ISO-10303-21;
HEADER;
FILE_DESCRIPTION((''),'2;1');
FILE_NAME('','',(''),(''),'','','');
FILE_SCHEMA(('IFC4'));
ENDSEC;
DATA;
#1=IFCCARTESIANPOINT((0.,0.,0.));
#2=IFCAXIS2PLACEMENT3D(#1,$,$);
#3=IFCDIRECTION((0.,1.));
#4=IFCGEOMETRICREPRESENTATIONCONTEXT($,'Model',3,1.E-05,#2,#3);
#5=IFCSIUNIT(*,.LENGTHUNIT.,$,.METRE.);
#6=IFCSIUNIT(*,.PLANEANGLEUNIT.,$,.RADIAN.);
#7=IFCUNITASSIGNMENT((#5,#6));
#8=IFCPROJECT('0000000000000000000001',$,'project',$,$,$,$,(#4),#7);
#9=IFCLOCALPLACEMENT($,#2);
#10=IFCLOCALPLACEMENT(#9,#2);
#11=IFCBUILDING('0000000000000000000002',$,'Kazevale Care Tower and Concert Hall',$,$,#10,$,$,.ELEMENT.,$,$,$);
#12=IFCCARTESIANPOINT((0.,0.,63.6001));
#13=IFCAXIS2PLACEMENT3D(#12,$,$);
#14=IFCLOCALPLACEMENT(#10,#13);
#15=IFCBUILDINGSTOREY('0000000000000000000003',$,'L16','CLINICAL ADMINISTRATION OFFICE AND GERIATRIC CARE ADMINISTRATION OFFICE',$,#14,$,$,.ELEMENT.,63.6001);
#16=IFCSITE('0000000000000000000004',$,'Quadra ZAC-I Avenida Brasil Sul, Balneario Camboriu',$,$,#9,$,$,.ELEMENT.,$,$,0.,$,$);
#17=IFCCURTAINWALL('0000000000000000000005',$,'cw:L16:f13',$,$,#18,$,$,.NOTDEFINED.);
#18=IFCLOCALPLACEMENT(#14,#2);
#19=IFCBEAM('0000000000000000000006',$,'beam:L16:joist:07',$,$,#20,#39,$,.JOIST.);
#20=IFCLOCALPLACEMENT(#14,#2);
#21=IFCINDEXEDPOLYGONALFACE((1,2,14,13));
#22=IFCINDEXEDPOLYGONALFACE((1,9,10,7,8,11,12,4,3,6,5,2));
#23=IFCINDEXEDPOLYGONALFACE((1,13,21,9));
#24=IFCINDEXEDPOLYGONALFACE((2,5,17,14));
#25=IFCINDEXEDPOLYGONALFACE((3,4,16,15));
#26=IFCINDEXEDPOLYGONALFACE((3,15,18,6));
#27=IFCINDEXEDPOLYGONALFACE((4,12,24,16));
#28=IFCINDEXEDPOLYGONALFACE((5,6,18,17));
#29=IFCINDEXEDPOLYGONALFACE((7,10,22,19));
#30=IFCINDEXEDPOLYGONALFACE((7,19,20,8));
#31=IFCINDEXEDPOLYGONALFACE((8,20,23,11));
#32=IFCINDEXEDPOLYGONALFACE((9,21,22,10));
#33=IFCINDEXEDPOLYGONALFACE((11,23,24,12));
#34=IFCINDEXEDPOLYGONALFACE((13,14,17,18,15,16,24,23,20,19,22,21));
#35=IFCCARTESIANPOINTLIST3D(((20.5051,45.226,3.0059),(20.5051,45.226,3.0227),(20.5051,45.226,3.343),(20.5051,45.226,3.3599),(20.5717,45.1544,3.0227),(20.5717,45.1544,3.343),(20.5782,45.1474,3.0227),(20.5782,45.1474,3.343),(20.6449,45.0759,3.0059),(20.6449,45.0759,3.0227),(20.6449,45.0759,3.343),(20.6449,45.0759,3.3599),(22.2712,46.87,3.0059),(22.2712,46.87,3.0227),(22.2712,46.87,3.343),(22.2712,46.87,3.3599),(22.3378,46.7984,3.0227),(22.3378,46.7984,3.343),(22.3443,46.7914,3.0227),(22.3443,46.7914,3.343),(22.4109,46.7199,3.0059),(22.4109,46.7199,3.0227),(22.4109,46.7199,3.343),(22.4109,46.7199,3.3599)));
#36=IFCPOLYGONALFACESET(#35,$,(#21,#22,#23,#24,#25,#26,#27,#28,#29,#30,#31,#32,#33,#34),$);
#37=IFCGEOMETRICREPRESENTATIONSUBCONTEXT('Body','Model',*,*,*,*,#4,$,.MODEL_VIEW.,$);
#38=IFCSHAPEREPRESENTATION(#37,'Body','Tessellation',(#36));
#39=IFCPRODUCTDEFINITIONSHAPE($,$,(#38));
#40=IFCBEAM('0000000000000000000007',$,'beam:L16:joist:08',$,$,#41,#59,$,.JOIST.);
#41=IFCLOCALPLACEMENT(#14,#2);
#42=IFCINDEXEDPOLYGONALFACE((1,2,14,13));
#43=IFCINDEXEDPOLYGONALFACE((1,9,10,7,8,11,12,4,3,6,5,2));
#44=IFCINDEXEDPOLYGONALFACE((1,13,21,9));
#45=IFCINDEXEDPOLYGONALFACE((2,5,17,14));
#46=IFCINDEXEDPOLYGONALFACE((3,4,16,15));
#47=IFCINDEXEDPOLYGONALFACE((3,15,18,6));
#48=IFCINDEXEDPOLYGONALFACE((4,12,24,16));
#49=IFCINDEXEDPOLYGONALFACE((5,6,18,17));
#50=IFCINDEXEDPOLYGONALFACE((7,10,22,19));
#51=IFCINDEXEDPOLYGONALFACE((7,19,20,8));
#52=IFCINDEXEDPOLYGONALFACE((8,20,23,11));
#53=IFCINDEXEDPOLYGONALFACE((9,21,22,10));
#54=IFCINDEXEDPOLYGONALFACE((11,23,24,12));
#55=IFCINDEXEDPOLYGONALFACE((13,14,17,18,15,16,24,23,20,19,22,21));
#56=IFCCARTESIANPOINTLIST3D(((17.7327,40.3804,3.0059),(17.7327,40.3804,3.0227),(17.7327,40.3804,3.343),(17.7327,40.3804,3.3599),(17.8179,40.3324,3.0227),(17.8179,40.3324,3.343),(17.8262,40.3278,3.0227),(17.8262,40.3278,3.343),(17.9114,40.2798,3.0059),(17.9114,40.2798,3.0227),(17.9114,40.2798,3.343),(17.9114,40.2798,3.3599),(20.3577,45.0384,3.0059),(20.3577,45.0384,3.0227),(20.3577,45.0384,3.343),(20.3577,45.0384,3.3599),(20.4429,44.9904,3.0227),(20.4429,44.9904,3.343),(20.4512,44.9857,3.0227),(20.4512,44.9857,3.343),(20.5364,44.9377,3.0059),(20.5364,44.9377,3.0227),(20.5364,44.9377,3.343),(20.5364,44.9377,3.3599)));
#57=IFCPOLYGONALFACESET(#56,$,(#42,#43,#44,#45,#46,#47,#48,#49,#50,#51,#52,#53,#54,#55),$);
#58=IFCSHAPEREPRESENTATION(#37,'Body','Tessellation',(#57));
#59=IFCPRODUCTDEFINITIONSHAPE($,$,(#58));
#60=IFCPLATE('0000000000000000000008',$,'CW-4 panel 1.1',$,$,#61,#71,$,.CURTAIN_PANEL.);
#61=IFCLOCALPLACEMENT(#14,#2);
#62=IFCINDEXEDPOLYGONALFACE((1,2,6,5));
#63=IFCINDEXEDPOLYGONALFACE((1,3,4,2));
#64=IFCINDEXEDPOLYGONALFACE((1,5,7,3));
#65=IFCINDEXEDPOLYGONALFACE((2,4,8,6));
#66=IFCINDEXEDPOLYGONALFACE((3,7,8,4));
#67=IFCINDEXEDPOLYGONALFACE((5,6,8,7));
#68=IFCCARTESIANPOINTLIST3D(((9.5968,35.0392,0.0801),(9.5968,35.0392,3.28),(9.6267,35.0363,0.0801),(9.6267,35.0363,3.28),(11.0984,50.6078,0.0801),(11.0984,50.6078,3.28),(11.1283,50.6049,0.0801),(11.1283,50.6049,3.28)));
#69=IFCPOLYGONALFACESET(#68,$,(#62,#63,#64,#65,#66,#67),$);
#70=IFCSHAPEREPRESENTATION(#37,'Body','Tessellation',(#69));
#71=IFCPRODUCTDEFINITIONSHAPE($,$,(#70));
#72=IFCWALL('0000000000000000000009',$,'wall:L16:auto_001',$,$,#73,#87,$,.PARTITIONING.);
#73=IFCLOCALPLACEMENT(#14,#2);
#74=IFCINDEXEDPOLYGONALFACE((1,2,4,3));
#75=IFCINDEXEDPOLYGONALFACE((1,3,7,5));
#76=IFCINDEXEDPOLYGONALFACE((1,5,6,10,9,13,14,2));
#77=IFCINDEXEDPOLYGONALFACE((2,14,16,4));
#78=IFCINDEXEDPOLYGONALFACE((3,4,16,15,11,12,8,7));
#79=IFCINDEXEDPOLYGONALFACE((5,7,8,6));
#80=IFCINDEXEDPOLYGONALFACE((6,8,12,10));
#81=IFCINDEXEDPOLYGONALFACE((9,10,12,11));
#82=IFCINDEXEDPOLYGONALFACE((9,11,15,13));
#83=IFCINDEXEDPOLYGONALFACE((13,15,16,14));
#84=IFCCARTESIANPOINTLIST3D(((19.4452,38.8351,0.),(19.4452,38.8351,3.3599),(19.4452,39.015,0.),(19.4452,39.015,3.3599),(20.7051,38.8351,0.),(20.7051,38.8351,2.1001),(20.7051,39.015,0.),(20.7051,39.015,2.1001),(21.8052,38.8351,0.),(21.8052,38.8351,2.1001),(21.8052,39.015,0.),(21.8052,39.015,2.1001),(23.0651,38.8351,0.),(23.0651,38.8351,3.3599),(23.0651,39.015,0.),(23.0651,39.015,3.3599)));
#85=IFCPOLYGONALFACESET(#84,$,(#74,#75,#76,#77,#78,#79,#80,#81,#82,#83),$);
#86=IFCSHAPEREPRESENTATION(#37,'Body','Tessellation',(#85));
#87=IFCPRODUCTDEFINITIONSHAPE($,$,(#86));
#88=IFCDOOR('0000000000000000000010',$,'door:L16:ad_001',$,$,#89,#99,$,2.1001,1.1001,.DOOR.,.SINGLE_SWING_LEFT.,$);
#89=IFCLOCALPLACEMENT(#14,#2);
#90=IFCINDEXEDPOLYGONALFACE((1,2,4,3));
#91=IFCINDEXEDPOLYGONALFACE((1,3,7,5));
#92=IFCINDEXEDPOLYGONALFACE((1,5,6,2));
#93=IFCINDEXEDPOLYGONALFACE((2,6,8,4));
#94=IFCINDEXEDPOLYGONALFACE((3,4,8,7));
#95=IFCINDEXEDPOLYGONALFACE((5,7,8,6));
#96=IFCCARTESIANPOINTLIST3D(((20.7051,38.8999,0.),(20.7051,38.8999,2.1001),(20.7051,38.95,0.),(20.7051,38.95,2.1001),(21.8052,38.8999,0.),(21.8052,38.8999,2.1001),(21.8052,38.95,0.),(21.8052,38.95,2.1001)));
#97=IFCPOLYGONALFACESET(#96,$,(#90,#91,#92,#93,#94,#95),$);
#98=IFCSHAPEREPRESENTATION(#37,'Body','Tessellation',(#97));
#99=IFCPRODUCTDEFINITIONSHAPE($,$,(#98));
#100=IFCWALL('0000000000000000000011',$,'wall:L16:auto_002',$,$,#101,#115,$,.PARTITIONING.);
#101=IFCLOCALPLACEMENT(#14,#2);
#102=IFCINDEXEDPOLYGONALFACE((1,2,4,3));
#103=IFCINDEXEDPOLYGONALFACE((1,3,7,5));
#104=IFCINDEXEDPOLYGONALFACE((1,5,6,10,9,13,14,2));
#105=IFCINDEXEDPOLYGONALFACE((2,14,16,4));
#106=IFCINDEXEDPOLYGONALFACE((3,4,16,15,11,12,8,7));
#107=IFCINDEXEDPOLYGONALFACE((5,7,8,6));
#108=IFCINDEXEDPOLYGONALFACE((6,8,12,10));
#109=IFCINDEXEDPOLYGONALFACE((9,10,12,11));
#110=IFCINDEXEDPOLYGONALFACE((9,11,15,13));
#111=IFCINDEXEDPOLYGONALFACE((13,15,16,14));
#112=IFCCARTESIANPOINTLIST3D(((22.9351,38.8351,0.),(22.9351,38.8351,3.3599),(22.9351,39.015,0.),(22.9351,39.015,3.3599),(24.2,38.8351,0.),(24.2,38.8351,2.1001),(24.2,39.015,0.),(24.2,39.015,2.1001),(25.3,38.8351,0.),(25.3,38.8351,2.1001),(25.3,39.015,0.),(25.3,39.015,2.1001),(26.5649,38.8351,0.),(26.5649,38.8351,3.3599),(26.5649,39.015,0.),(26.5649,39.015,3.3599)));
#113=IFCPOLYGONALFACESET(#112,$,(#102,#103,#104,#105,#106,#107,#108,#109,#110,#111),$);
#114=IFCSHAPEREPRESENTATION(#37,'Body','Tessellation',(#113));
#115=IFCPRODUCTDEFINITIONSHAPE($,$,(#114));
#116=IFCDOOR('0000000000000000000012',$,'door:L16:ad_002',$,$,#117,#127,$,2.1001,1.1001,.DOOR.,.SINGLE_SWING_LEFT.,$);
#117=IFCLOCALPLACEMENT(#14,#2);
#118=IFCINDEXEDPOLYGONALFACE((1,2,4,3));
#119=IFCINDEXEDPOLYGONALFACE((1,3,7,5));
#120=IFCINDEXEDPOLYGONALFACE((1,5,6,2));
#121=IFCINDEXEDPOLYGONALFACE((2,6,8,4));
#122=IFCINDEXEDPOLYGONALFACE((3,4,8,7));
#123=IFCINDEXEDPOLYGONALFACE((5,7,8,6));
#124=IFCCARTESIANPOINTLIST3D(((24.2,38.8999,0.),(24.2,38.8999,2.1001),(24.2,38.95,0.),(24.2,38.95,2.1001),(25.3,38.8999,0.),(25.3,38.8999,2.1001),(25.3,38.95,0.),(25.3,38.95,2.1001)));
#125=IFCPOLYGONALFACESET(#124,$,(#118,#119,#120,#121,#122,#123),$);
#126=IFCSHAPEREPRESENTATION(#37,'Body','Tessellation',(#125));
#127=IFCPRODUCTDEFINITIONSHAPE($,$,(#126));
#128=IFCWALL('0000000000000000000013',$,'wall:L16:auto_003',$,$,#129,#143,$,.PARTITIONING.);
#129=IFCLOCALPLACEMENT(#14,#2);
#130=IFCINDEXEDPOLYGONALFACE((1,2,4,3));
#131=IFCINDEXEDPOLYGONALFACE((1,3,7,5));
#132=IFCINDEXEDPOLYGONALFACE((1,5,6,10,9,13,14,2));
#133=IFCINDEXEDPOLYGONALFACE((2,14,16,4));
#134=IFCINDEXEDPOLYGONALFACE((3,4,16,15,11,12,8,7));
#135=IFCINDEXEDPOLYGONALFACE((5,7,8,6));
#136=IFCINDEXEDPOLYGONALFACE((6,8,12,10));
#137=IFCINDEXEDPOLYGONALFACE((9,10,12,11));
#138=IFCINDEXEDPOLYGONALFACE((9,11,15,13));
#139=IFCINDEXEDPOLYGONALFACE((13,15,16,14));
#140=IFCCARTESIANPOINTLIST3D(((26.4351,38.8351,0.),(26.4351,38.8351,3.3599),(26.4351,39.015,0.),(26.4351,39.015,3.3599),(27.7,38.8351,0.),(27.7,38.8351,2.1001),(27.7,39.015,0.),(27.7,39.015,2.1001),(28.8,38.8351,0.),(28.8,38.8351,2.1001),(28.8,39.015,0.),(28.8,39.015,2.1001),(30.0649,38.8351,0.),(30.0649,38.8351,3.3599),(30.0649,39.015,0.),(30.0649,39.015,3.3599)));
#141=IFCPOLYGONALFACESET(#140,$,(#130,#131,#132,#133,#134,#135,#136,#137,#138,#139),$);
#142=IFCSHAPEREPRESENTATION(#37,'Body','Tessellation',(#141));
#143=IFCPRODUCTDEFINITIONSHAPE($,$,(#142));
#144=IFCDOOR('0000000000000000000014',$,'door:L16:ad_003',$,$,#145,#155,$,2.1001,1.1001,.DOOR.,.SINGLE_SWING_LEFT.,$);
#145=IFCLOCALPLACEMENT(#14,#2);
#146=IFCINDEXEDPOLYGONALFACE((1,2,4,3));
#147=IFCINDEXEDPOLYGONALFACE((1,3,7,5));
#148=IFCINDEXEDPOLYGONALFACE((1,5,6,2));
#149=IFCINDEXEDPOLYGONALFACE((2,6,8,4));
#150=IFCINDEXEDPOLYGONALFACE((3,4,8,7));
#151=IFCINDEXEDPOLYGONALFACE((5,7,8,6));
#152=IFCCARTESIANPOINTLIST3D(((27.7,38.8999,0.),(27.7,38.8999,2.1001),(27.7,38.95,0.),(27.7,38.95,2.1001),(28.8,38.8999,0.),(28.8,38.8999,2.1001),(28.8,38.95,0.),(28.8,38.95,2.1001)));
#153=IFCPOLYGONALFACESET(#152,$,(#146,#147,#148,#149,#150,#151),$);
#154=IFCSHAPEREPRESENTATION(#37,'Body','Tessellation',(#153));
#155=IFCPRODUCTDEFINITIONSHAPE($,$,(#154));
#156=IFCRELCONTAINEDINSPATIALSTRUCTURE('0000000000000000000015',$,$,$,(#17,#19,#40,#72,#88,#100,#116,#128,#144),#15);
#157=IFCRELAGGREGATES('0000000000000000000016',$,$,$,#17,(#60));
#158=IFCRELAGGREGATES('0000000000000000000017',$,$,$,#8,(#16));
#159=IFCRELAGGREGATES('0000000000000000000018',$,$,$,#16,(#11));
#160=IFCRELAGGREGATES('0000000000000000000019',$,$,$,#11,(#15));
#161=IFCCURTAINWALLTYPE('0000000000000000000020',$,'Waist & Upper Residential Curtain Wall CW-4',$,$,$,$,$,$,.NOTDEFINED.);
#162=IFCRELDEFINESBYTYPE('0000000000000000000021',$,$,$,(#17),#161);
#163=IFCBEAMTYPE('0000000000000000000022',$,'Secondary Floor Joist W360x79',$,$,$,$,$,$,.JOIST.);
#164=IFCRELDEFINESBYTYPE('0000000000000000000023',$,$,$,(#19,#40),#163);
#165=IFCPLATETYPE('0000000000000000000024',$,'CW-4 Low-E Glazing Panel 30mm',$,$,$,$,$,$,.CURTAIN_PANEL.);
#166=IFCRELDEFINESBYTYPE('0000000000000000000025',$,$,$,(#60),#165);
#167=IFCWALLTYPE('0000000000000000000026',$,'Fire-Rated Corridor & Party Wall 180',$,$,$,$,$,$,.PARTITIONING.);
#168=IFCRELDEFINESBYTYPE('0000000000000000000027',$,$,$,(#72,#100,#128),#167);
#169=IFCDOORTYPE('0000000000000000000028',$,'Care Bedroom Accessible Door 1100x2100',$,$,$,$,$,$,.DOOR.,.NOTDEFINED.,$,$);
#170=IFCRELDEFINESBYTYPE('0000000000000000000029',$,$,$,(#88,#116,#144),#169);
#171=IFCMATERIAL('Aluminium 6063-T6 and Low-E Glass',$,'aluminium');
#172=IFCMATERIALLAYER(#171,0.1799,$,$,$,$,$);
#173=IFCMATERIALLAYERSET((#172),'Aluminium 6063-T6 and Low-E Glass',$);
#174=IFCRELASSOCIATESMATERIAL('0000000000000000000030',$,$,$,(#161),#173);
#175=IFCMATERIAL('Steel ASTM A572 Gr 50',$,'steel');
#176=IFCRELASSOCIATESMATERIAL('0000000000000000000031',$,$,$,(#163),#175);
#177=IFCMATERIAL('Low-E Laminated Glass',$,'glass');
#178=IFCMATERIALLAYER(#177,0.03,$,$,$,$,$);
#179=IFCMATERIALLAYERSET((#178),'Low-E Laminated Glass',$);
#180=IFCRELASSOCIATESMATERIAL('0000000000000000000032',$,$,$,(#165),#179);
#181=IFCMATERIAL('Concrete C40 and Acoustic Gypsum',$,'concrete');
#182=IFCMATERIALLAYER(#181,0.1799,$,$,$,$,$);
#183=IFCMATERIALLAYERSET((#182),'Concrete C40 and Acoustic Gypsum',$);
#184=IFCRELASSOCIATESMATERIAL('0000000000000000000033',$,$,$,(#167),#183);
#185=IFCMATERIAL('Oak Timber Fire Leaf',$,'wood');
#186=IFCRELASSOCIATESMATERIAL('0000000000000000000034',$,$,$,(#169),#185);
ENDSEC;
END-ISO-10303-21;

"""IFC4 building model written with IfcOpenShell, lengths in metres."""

from ifc_helpers import new_model, si_unit, direction, frame, frame_2d, origin, origin_2d, place, context, subcontext, project, spatial, rectangle, i_section, extrude, material, layer, layer_set, material_profile, profile_set, type_object, element, fill, aggregate, save


model = new_model("IFC4")

# Units and contexts
model_context = context("Model", 3, precision=1e-05, world=origin(), true_north=direction((0.0, 1.0)))
body_context = subcontext(model_context, "Body", "Model", "MODEL_VIEW")
ifc_project = project(units=[si_unit("LENGTHUNIT", "METRE"), si_unit("PLANEANGLEUNIT", "RADIAN")], contexts=[model_context])

# Site, building, storey
site_placement = place(None, origin())
site = spatial("IfcSite", under=ifc_project, at=site_placement, Name="Quadra ZAC-I Avenida Brasil Sul, Balneario Camboriu", CompositionType="ELEMENT", RefElevation=0.0)
building_placement = place(site_placement, origin())
building = spatial("IfcBuilding", under=site, at=building_placement, Name="Kazevale Care Tower and Concert Hall", CompositionType="ELEMENT")
storey_placement = place(building_placement, frame((0.0, 0.0, 63.6001)))
storey = spatial("IfcBuildingStorey", under=building, at=storey_placement, Name="L16", Description="CLINICAL ADMINISTRATION OFFICE AND GERIATRIC CARE ADMINISTRATION OFFICE", CompositionType="ELEMENT", Elevation=63.6001)

# Curtain wall
ifc_material_1 = material(Name="Aluminium 6063-T6 and Low-E Glass", Category="aluminium")
ifc_layer_1 = layer(ifc_material_1, 0.1799)
ifc_layer_set_1 = layer_set([ifc_layer_1], Name="Aluminium 6063-T6 and Low-E Glass")
curtain_wall_type_1 = type_object("IfcCurtainWallType", Name="Waist & Upper Residential Curtain Wall CW-4", PredefinedType="NOTDEFINED", material=ifc_layer_set_1)
curtain_wall_1_placement = place(storey_placement, origin())
curtain_wall_1 = element("IfcCurtainWall", 1, at=curtain_wall_1_placement, inside=storey, type_object=curtain_wall_type_1, Name="cw:L16:f13", PredefinedType="NOTDEFINED")

# Beams
ifc_material_2 = material(Name="Steel ASTM A572 Gr 50", Category="steel")
ifc_material_profile_1 = material_profile(ifc_material_2, i_section(OverallWidth=0.2051, OverallDepth=0.354, WebThickness=0.0095, FlangeThickness=0.0168, at=origin_2d()), Name="W360x79")
ifc_profile_set_1 = profile_set([ifc_material_profile_1], Name="Steel ASTM A572 Gr 50")
beam_type_1 = type_object("IfcBeamType", Name="Secondary Floor Joist W360x79", PredefinedType="JOIST", material=ifc_profile_set_1)
beam_1_placement = place(storey_placement, frame((22.3411, 46.7949, 3.1829), z_axis=(-0.73195, -0.681359, 0.0), x_axis=(0.681359, -0.73195, 0.0)))
element("IfcBeam", 2, at=beam_1_placement, inside=storey, type_object=beam_type_1, Name="beam:L16:joist:07", PredefinedType="JOIST", context=body_context, shape_type="SweptSolid", body=[
    extrude(i_section(OverallWidth=0.2051, OverallDepth=0.354, WebThickness=0.0095, FlangeThickness=0.0168, at=origin_2d()), origin(), (0.0, 0.0, 1.0), 2.4128),
])
beam_2_placement = place(storey_placement, frame((20.447, 44.988, 3.1829), z_axis=(-0.490957, -0.871184, 0.0), x_axis=(0.871184, -0.490957, 0.0)))
element("IfcBeam", 3, at=beam_2_placement, inside=storey, type_object=beam_type_1, Name="beam:L16:joist:08", PredefinedType="JOIST", context=body_context, shape_type="SweptSolid", body=[
    extrude(i_section(OverallWidth=0.2051, OverallDepth=0.354, WebThickness=0.0095, FlangeThickness=0.0168, at=origin_2d()), origin(), (0.0, 0.0, 1.0), 5.3467),
])

# Plate
ifc_material_3 = material(Name="Low-E Laminated Glass", Category="glass")
ifc_layer_2 = layer(ifc_material_3, 0.03)
ifc_layer_set_2 = layer_set([ifc_layer_2], Name="Low-E Laminated Glass")
plate_type = type_object("IfcPlateType", Name="CW-4 Low-E Glazing Panel 30mm", PredefinedType="CURTAIN_PANEL", material=ifc_layer_set_2)
plate_placement = place(storey_placement, frame((10.3625, 42.822, 0.0801), z_axis=(0.0, 0.0, 1.0), x_axis=(0.096007, 0.995381, 0.0)))
plate = element("IfcPlate", 4, at=plate_placement, type_object=plate_type, Name="CW-4 panel 1.1", PredefinedType="CURTAIN_PANEL", context=body_context, shape_type="SweptSolid", body=[
    extrude(rectangle(XDim=15.6409, YDim=0.03, at=origin_2d()), origin(), (0.0, 0.0, 1.0), 3.2),
])
aggregate(curtain_wall_1, [plate])

# Walls, openings, doors
ifc_material_4 = material(Name="Concrete C40 and Acoustic Gypsum", Category="concrete")
ifc_layer_3 = layer(ifc_material_4, 0.1799)
ifc_layer_set_3 = layer_set([ifc_layer_3], Name="Concrete C40 and Acoustic Gypsum")
wall_type = type_object("IfcWallType", Name="Fire-Rated Corridor & Party Wall 180", PredefinedType="PARTITIONING", material=ifc_layer_set_3)
wall_1_placement = place(storey_placement, frame((19.4451, 38.925, 0.0), z_axis=(0.0, 0.0, 1.0), x_axis=(1.0, 0.0, 0.0)))
wall_1 = element("IfcWall", 5, at=wall_1_placement, inside=storey, type_object=wall_type, Name="wall:L16:auto_001", PredefinedType="PARTITIONING", context=body_context, shape_type="SweptSolid", body=[
    extrude(rectangle(XDim=3.6199, YDim=0.1799, at=frame_2d((1.8101, 0.0))), origin(), (0.0, 0.0, 1.0), 3.3599),
])
opening_1_placement = place(wall_1_placement, frame((1.26, 0.0, 0.0)))
opening_1 = element("IfcOpeningElement", 6, at=opening_1_placement, cuts=wall_1, PredefinedType="OPENING", context=body_context, shape_type="SweptSolid", body=[
    extrude(rectangle(XDim=1.1001, YDim=2.1001, at=frame_2d((0.55, 1.05))), frame((0.0, 0.0999, 0.0), z_axis=(0.0, -1.0, 0.0), x_axis=(1.0, 0.0, 0.0)), (0.0, 0.0, 1.0), 0.2),
])
ifc_material_5 = material(Name="Oak Timber Fire Leaf", Category="wood")
door_type = type_object("IfcDoorType", Name="Care Bedroom Accessible Door 1100x2100", OperationType="NOTDEFINED", PredefinedType="DOOR", material=ifc_material_5)
door_1_placement = place(opening_1_placement, origin())
door_1 = element("IfcDoor", 7, at=door_1_placement, inside=storey, type_object=door_type, Name="door:L16:ad_001", OperationType="SINGLE_SWING_LEFT", OverallHeight=2.1001, OverallWidth=1.1001, PredefinedType="DOOR", context=body_context, shape_type="SweptSolid", body=[
    extrude(rectangle(XDim=1.1001, YDim=2.1001, at=frame_2d((0.55, 1.05))), frame((0.0, 0.0249, 0.0), z_axis=(0.0, -1.0, 0.0), x_axis=(1.0, 0.0, 0.0)), (0.0, 0.0, 1.0), 0.05),
])
fill(opening_1, door_1)
wall_2_placement = place(storey_placement, frame((22.9351, 38.925, 0.0), z_axis=(0.0, 0.0, 1.0), x_axis=(1.0, 0.0, 0.0)))
wall_2 = element("IfcWall", 8, at=wall_2_placement, inside=storey, type_object=wall_type, Name="wall:L16:auto_002", PredefinedType="PARTITIONING", context=body_context, shape_type="SweptSolid", body=[
    extrude(rectangle(XDim=3.6299, YDim=0.1799, at=frame_2d((1.8149, 0.0))), origin(), (0.0, 0.0, 1.0), 3.3599),
])
opening_2_placement = place(wall_2_placement, frame((1.2649, 0.0, 0.0)))
opening_2 = element("IfcOpeningElement", 9, at=opening_2_placement, cuts=wall_2, PredefinedType="OPENING", context=body_context, shape_type="SweptSolid", body=[
    extrude(rectangle(XDim=1.1001, YDim=2.1001, at=frame_2d((0.55, 1.05))), frame((0.0, 0.0999, 0.0), z_axis=(0.0, -1.0, 0.0), x_axis=(1.0, 0.0, 0.0)), (0.0, 0.0, 1.0), 0.2),
])
door_2_placement = place(opening_2_placement, origin())
door_2 = element("IfcDoor", 10, at=door_2_placement, inside=storey, type_object=door_type, Name="door:L16:ad_002", OperationType="SINGLE_SWING_LEFT", OverallHeight=2.1001, OverallWidth=1.1001, PredefinedType="DOOR", context=body_context, shape_type="SweptSolid", body=[
    extrude(rectangle(XDim=1.1001, YDim=2.1001, at=frame_2d((0.55, 1.05))), frame((0.0, 0.0249, 0.0), z_axis=(0.0, -1.0, 0.0), x_axis=(1.0, 0.0, 0.0)), (0.0, 0.0, 1.0), 0.05),
])
fill(opening_2, door_2)
wall_3_placement = place(storey_placement, frame((26.4351, 38.925, 0.0), z_axis=(0.0, 0.0, 1.0), x_axis=(1.0, 0.0, 0.0)))
wall_3 = element("IfcWall", 11, at=wall_3_placement, inside=storey, type_object=wall_type, Name="wall:L16:auto_003", PredefinedType="PARTITIONING", context=body_context, shape_type="SweptSolid", body=[
    extrude(rectangle(XDim=3.6299, YDim=0.1799, at=frame_2d((1.8149, 0.0))), origin(), (0.0, 0.0, 1.0), 3.3599),
])
opening_3_placement = place(wall_3_placement, frame((1.2649, 0.0, 0.0)))
opening_3 = element("IfcOpeningElement", 12, at=opening_3_placement, cuts=wall_3, PredefinedType="OPENING", context=body_context, shape_type="SweptSolid", body=[
    extrude(rectangle(XDim=1.1001, YDim=2.1001, at=frame_2d((0.55, 1.05))), frame((0.0, 0.0999, 0.0), z_axis=(0.0, -1.0, 0.0), x_axis=(1.0, 0.0, 0.0)), (0.0, 0.0, 1.0), 0.2),
])
door_3_placement = place(opening_3_placement, origin())
door_3 = element("IfcDoor", 13, at=door_3_placement, inside=storey, type_object=door_type, Name="door:L16:ad_003", OperationType="SINGLE_SWING_LEFT", OverallHeight=2.1001, OverallWidth=1.1001, PredefinedType="DOOR", context=body_context, shape_type="SweptSolid", body=[
    extrude(rectangle(XDim=1.1001, YDim=2.1001, at=frame_2d((0.55, 1.05))), frame((0.0, 0.0249, 0.0), z_axis=(0.0, -1.0, 0.0), x_axis=(1.0, 0.0, 0.0)), (0.0, 0.0, 1.0), 0.05),
])
fill(opening_3, door_3)

save(model, "model.ifc")
